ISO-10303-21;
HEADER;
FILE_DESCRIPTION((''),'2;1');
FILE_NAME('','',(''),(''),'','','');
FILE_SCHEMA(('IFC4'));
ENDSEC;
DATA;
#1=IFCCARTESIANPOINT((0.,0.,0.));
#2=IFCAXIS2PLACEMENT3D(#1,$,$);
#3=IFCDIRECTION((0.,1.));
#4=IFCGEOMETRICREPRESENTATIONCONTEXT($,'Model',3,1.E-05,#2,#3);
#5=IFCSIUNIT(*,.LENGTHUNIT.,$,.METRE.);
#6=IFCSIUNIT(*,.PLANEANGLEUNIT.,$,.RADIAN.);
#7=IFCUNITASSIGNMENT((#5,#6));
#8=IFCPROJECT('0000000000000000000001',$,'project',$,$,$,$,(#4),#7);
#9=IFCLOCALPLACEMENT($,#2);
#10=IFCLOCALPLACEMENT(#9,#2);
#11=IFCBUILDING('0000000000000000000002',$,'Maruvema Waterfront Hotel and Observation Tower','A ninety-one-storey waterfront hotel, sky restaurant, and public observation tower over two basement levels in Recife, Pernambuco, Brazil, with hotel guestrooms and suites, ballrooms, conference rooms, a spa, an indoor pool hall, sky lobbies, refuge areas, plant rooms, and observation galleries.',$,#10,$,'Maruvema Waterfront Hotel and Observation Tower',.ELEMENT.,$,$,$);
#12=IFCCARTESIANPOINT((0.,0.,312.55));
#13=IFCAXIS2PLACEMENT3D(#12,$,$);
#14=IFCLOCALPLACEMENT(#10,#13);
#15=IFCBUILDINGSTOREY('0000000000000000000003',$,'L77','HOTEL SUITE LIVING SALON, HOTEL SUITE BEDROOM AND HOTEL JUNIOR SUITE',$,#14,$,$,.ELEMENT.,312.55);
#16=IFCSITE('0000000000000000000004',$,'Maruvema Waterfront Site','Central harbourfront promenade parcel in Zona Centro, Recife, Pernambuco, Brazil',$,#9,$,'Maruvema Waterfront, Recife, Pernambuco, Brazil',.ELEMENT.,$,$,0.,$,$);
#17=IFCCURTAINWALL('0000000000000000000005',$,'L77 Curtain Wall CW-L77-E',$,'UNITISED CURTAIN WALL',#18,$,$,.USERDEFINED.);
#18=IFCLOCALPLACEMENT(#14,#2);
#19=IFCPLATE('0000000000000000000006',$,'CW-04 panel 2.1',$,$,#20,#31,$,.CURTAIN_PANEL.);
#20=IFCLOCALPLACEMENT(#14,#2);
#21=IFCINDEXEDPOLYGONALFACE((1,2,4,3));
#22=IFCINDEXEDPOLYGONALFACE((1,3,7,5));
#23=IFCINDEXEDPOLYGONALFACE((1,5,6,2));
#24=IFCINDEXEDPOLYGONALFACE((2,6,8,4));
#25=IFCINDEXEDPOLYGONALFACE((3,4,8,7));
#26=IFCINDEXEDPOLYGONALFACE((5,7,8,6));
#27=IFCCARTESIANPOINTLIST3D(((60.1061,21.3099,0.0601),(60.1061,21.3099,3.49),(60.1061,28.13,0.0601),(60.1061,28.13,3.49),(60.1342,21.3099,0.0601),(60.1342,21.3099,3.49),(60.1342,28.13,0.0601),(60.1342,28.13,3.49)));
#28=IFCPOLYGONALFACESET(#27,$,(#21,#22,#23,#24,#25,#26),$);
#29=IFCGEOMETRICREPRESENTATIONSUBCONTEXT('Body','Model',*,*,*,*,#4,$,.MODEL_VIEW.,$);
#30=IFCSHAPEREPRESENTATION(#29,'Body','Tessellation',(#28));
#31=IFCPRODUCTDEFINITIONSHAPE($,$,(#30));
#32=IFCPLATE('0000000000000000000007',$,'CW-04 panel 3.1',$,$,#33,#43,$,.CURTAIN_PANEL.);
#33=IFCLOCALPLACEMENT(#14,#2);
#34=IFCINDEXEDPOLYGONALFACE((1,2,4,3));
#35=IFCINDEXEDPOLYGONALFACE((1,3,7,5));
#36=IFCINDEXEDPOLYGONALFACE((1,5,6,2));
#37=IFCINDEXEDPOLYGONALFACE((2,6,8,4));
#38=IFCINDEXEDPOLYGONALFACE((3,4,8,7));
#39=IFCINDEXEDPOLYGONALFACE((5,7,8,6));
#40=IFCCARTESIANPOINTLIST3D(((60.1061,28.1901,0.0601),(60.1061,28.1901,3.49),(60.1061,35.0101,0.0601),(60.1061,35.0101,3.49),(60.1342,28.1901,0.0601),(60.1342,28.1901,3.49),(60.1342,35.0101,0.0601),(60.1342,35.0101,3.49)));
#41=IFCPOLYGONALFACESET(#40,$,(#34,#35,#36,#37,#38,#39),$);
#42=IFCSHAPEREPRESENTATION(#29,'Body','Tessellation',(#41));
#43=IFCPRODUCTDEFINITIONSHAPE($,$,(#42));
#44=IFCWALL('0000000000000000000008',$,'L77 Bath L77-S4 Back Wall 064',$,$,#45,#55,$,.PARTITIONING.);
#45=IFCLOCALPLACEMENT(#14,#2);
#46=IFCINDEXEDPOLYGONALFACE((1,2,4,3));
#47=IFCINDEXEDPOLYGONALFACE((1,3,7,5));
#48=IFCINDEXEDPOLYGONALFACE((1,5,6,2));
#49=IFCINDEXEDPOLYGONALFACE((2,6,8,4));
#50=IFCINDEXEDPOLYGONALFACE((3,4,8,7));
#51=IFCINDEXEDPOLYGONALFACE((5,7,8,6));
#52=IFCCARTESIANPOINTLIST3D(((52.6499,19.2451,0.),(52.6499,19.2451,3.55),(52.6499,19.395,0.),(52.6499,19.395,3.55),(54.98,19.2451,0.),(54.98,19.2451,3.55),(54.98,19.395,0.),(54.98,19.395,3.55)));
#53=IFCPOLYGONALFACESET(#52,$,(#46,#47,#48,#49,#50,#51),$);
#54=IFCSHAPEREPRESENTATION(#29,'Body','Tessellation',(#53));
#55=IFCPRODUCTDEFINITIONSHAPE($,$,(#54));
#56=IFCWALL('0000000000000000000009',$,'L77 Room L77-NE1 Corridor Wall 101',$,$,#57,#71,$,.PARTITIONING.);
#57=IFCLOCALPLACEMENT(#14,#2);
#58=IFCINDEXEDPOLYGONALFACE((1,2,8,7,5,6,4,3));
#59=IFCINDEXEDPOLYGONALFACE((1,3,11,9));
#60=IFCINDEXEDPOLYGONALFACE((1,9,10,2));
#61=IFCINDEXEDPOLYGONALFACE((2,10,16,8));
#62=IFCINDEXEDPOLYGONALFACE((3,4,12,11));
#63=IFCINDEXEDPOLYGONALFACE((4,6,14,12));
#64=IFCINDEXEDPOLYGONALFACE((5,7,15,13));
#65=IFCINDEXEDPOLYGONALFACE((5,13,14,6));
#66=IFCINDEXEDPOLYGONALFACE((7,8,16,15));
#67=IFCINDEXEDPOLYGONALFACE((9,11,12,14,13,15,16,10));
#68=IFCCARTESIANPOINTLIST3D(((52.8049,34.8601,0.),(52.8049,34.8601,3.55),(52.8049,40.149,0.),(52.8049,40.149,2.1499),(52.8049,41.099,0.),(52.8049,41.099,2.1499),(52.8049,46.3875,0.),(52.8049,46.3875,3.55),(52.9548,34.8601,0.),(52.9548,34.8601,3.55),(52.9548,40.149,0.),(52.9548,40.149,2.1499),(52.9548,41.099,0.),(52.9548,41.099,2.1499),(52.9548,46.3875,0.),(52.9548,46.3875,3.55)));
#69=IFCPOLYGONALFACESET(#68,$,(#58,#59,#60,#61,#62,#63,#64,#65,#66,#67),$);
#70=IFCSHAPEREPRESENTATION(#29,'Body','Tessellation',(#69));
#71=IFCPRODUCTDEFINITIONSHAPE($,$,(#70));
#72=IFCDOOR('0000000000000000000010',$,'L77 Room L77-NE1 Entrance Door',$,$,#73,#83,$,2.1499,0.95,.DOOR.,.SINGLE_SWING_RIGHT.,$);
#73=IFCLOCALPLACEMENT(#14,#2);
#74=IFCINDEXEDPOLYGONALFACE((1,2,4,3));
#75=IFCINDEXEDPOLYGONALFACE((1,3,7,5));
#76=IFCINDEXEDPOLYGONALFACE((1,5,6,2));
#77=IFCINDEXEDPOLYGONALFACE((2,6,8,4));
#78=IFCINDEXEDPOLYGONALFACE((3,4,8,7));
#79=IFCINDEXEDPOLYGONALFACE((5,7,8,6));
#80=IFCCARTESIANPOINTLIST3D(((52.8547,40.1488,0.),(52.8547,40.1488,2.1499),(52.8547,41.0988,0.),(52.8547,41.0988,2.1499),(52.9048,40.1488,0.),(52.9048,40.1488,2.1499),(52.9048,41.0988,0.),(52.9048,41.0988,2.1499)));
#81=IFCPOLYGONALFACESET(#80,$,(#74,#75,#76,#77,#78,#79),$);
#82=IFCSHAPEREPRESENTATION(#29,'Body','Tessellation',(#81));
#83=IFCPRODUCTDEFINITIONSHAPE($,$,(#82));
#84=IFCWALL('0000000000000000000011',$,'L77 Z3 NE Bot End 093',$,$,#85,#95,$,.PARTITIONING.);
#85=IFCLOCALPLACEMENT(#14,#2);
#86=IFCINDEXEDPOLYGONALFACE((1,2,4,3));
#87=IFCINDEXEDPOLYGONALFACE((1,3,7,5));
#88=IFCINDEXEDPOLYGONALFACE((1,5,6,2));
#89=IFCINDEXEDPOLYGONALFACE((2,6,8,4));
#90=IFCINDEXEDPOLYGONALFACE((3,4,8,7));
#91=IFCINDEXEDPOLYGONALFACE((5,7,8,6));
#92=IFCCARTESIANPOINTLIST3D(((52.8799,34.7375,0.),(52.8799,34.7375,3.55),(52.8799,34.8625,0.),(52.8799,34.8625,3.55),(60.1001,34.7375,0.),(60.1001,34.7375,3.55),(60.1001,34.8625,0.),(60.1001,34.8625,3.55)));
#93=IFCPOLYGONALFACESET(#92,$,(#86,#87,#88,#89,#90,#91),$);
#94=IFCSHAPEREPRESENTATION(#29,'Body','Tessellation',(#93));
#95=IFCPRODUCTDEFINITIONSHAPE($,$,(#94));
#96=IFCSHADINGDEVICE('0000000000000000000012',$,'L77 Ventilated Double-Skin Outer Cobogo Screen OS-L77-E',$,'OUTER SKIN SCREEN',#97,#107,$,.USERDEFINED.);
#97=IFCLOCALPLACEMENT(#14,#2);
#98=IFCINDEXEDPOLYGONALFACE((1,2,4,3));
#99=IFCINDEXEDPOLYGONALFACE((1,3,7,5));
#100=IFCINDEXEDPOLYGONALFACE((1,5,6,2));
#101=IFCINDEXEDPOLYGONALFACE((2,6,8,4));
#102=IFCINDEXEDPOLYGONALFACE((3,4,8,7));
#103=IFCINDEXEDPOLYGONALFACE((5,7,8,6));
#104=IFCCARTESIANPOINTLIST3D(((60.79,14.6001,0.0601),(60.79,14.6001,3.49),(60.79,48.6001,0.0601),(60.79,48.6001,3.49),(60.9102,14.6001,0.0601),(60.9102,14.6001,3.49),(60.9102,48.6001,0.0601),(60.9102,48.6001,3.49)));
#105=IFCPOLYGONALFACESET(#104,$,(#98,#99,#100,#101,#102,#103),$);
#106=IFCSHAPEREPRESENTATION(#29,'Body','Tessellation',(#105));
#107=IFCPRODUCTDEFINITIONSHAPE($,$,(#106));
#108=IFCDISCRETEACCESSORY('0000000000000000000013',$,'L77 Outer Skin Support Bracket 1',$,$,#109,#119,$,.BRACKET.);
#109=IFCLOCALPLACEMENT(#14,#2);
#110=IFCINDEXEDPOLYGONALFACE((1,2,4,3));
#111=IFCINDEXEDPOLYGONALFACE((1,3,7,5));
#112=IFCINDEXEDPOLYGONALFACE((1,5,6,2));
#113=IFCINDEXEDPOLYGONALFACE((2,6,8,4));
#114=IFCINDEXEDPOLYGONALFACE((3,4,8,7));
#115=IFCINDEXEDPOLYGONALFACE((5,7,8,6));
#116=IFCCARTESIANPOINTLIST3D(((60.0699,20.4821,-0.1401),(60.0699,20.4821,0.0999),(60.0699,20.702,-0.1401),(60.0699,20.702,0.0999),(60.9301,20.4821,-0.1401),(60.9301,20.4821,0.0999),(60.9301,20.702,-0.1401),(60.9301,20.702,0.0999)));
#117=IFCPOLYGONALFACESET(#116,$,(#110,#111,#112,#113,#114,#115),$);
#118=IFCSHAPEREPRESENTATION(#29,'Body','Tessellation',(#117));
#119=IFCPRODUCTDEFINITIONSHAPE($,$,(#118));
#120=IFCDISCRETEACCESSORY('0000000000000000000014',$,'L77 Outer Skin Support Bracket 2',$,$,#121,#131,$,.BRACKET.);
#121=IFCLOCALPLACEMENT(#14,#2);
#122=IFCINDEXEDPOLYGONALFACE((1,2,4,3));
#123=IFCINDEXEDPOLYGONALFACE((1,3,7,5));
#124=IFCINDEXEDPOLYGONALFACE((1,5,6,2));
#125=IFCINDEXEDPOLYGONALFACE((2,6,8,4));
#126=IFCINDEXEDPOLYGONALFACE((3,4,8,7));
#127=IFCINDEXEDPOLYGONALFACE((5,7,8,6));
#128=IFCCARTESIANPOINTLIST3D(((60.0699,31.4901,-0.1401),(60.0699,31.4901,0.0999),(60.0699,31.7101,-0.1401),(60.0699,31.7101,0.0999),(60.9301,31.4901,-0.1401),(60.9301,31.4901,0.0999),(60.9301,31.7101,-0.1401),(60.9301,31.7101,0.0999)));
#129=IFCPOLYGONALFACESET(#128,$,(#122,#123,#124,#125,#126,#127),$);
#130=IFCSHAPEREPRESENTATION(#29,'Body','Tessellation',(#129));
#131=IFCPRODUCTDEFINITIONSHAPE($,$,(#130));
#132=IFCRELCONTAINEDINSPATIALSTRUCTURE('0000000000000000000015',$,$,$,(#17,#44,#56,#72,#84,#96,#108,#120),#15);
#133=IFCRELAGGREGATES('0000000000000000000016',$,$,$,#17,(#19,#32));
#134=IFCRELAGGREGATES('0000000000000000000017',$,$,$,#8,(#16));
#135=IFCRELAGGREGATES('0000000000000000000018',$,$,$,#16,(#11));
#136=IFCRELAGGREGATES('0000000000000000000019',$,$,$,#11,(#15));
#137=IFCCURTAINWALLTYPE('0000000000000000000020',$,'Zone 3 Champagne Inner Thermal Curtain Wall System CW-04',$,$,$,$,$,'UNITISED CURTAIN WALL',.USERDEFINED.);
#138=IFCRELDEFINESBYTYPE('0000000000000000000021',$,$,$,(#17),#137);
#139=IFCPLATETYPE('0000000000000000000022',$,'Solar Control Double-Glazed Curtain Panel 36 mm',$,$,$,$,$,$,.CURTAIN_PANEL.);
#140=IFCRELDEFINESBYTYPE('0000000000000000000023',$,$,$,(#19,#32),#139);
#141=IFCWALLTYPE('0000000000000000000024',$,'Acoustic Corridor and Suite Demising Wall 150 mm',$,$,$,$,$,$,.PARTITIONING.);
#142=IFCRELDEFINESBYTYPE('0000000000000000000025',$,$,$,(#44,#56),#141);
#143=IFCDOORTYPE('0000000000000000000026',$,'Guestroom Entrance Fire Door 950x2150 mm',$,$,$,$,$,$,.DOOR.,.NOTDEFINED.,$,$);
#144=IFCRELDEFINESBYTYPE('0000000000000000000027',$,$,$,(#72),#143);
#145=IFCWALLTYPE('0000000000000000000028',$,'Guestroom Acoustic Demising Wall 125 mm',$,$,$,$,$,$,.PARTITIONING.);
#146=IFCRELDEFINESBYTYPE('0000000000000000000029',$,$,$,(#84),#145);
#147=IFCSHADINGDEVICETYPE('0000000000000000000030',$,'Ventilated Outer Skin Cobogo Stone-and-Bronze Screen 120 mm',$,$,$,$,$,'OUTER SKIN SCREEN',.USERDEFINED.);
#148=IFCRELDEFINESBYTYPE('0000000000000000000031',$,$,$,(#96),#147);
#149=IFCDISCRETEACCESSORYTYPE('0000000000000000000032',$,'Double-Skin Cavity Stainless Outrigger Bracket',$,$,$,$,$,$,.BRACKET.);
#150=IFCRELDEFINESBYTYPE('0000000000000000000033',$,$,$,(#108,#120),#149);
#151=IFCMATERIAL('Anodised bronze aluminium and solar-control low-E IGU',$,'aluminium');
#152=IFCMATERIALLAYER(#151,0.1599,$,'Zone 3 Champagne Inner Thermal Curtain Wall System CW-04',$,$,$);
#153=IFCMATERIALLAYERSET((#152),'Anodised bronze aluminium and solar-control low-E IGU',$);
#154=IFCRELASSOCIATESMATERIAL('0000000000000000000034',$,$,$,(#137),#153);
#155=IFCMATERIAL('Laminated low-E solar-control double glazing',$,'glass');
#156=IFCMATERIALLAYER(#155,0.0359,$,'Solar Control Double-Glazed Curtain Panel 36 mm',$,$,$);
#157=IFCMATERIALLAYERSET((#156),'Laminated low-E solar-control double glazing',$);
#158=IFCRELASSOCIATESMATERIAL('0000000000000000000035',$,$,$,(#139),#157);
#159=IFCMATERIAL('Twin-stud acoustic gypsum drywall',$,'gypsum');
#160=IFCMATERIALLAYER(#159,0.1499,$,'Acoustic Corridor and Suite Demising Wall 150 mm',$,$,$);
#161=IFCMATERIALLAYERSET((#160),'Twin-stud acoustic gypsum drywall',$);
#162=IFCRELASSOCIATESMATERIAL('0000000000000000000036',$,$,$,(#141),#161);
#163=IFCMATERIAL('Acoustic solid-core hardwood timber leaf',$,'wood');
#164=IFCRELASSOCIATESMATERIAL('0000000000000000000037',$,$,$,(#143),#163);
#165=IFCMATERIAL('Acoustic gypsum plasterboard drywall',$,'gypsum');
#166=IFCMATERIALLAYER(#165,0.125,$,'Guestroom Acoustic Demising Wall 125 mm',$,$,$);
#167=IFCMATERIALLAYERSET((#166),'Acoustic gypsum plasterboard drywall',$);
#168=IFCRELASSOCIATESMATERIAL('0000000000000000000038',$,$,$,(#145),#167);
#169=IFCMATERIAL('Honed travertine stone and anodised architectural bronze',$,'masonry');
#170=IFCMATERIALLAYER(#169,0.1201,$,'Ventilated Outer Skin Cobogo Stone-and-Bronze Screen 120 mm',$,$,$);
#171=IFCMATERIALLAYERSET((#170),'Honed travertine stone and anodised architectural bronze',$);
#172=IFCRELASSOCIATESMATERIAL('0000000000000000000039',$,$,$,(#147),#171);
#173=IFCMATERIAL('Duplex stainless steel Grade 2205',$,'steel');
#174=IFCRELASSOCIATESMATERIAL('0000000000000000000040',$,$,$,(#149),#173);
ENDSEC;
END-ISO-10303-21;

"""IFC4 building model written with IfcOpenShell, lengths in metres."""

from ifc_helpers import new_model, si_unit, direction, frame, frame_2d, origin, origin_2d, place, context, subcontext, project, spatial, rectangle, extrude, material, layer, layer_set, type_object, element, fill, aggregate, save


model = new_model("IFC4")

# Units and contexts
model_context = context("Model", 3, precision=1e-05, world=origin(), true_north=direction((0.0, 1.0)))
body_context = subcontext(model_context, "Body", "Model", "MODEL_VIEW")
ifc_project = project(units=[si_unit("LENGTHUNIT", "METRE"), si_unit("PLANEANGLEUNIT", "RADIAN")], contexts=[model_context])

# Site, building, storey
site_placement = place(None, origin())
site = spatial("IfcSite", under=ifc_project, at=site_placement, Name="Maruvema Waterfront Site", Description="Central harbourfront promenade parcel in Zona Centro, Recife, Pernambuco, Brazil", LongName="Maruvema Waterfront, Recife, Pernambuco, Brazil", CompositionType="ELEMENT", RefElevation=0.0)
building_placement = place(site_placement, origin())
building = spatial("IfcBuilding", under=site, at=building_placement, Name="Maruvema Waterfront Hotel and Observation Tower", Description="A ninety-one-storey waterfront hotel, sky restaurant, and public observation tower over two basement levels in Recife, Pernambuco, Brazil, with hotel guestrooms and suites, ballrooms, conference rooms, a spa, an indoor pool hall, sky lobbies, refuge areas, plant rooms, and observation galleries.", LongName="Maruvema Waterfront Hotel and Observation Tower", CompositionType="ELEMENT")
storey_placement = place(building_placement, frame((0.0, 0.0, 312.55)))
storey = spatial("IfcBuildingStorey", under=building, at=storey_placement, Name="L77", Description="HOTEL SUITE LIVING SALON, HOTEL SUITE BEDROOM AND HOTEL JUNIOR SUITE", CompositionType="ELEMENT", Elevation=312.55)

# Curtain wall
ifc_material_1 = material(Name="Anodised bronze aluminium and solar-control low-E IGU", Category="aluminium")
ifc_layer_1 = layer(ifc_material_1, 0.1599, Name="Zone 3 Champagne Inner Thermal Curtain Wall System CW-04")
ifc_layer_set_1 = layer_set([ifc_layer_1], Name="Anodised bronze aluminium and solar-control low-E IGU")
curtain_wall_type = type_object("IfcCurtainWallType", Name="Zone 3 Champagne Inner Thermal Curtain Wall System CW-04", ElementType="UNITISED CURTAIN WALL", PredefinedType="USERDEFINED", material=ifc_layer_set_1)
curtain_wall_placement = place(storey_placement, origin())
curtain_wall = element("IfcCurtainWall", 1, at=curtain_wall_placement, inside=storey, type_object=curtain_wall_type, Name="L77 Curtain Wall CW-L77-E", ObjectType="UNITISED CURTAIN WALL", PredefinedType="USERDEFINED")

# Plates
ifc_material_2 = material(Name="Laminated low-E solar-control double glazing", Category="glass")
ifc_layer_2 = layer(ifc_material_2, 0.0359, Name="Solar Control Double-Glazed Curtain Panel 36 mm")
ifc_layer_set_2 = layer_set([ifc_layer_2], Name="Laminated low-E solar-control double glazing")
plate_type = type_object("IfcPlateType", Name="Solar Control Double-Glazed Curtain Panel 36 mm", PredefinedType="CURTAIN_PANEL", material=ifc_layer_set_2)
plate_1_placement = place(storey_placement, frame((60.1201, 24.72, 0.0601), z_axis=(0.0, 0.0, 1.0), x_axis=(0.0, 1.0, 0.0)))
plate_1 = element("IfcPlate", 2, at=plate_1_placement, type_object=plate_type, Name="CW-04 panel 2.1", PredefinedType="CURTAIN_PANEL", context=body_context, shape_type="SweptSolid", body=[
    extrude(rectangle(XDim=6.8201, YDim=0.0281, at=origin_2d()), origin(), (0.0, 0.0, 1.0), 3.4299),
])
plate_2_placement = place(storey_placement, frame((60.1201, 31.6001, 0.0601), z_axis=(0.0, 0.0, 1.0), x_axis=(0.0, 1.0, 0.0)))
plate_2 = element("IfcPlate", 3, at=plate_2_placement, type_object=plate_type, Name="CW-04 panel 3.1", PredefinedType="CURTAIN_PANEL", context=body_context, shape_type="SweptSolid", body=[
    extrude(rectangle(XDim=6.8201, YDim=0.0281, at=origin_2d()), origin(), (0.0, 0.0, 1.0), 3.4299),
])
aggregate(curtain_wall, [plate_1, plate_2])

# Wall
ifc_material_3 = material(Name="Twin-stud acoustic gypsum drywall", Category="gypsum")
ifc_layer_3 = layer(ifc_material_3, 0.1499, Name="Acoustic Corridor and Suite Demising Wall 150 mm")
ifc_layer_set_3 = layer_set([ifc_layer_3], Name="Twin-stud acoustic gypsum drywall")
wall_type_1 = type_object("IfcWallType", Name="Acoustic Corridor and Suite Demising Wall 150 mm", PredefinedType="PARTITIONING", material=ifc_layer_set_3)
wall_1_placement = place(storey_placement, frame((52.6499, 19.3201, 0.0), z_axis=(0.0, 0.0, 1.0), x_axis=(1.0, 0.0, 0.0)))
element("IfcWall", 4, at=wall_1_placement, inside=storey, type_object=wall_type_1, Name="L77 Bath L77-S4 Back Wall 064", PredefinedType="PARTITIONING", context=body_context, shape_type="SweptSolid", body=[
    extrude(rectangle(XDim=2.3301, YDim=0.1499, at=frame_2d((1.165, 0.0))), origin(), (0.0, 0.0, 1.0), 3.55),
])

# Wall, opening, door
ifc_material_4 = material(Name="Acoustic solid-core hardwood timber leaf", Category="wood")
door_type = type_object("IfcDoorType", Name="Guestroom Entrance Fire Door 950x2150 mm", OperationType="NOTDEFINED", PredefinedType="DOOR", material=ifc_material_4)
wall_2_placement = place(storey_placement, frame((52.8799, 34.8601, 0.0), z_axis=(0.0, 0.0, 1.0), x_axis=(0.0, 1.0, 0.0)))
wall_2 = element("IfcWall", 5, at=wall_2_placement, inside=storey, type_object=wall_type_1, Name="L77 Room L77-NE1 Corridor Wall 101", PredefinedType="PARTITIONING", context=body_context, shape_type="SweptSolid", body=[
    extrude(rectangle(XDim=11.5273, YDim=0.1499, at=frame_2d((5.7637, 0.0))), origin(), (0.0, 0.0, 1.0), 3.55),
])
opening_1_placement = place(wall_2_placement, frame((5.2888, 0.0, 0.0)))
opening_1 = element("IfcOpeningElement", 6, at=opening_1_placement, cuts=wall_2, PredefinedType="OPENING", context=body_context, shape_type="SweptSolid", body=[
    extrude(rectangle(XDim=0.95, YDim=2.1499, at=frame_2d((0.4751, 1.075))), frame((0.0, 0.085, 0.0), z_axis=(0.0, -1.0, 0.0), x_axis=(1.0, 0.0, 0.0)), (0.0, 0.0, 1.0), 0.1699),
])
door_1_placement = place(opening_1_placement, frame((0.95, 0.0, 0.0), z_axis=(0.0, 0.0, 1.0), x_axis=(-1.0, 0.0, 0.0)))
door_1 = element("IfcDoor", 7, at=door_1_placement, inside=storey, type_object=door_type, Name="L77 Room L77-NE1 Entrance Door", OperationType="SINGLE_SWING_RIGHT", OverallHeight=2.1499, OverallWidth=0.95, PredefinedType="DOOR", context=body_context, shape_type="SweptSolid", body=[
    extrude(rectangle(XDim=0.95, YDim=2.1499, at=frame_2d((0.4751, 1.075))), frame((0.0, 0.0249, 0.0), z_axis=(0.0, -1.0, 0.0), x_axis=(1.0, 0.0, 0.0)), (0.0, 0.0, 1.0), 0.05),
])
fill(opening_1, door_1)

# Wall
ifc_material_5 = material(Name="Acoustic gypsum plasterboard drywall", Category="gypsum")
ifc_layer_4 = layer(ifc_material_5, 0.125, Name="Guestroom Acoustic Demising Wall 125 mm")
ifc_layer_set_4 = layer_set([ifc_layer_4], Name="Acoustic gypsum plasterboard drywall")
wall_type_2 = type_object("IfcWallType", Name="Guestroom Acoustic Demising Wall 125 mm", PredefinedType="PARTITIONING", material=ifc_layer_set_4)
wall_3_placement = place(storey_placement, frame((52.8799, 34.8, 0.0), z_axis=(0.0, 0.0, 1.0), x_axis=(1.0, 0.0, 0.0)))
element("IfcWall", 8, at=wall_3_placement, inside=storey, type_object=wall_type_2, Name="L77 Z3 NE Bot End 093", PredefinedType="PARTITIONING", context=body_context, shape_type="SweptSolid", body=[
    extrude(rectangle(XDim=7.2202, YDim=0.125, at=frame_2d((3.6101, 0.0))), origin(), (0.0, 0.0, 1.0), 3.55),
])

# Shading device
ifc_material_6 = material(Name="Honed travertine stone and anodised architectural bronze", Category="masonry")
ifc_layer_5 = layer(ifc_material_6, 0.1201, Name="Ventilated Outer Skin Cobogo Stone-and-Bronze Screen 120 mm")
ifc_layer_set_5 = layer_set([ifc_layer_5], Name="Honed travertine stone and anodised architectural bronze")
shading_device_type = type_object("IfcShadingDeviceType", Name="Ventilated Outer Skin Cobogo Stone-and-Bronze Screen 120 mm", ElementType="OUTER SKIN SCREEN", PredefinedType="USERDEFINED", material=ifc_layer_set_5)
shading_device_placement = place(storey_placement, frame((60.8501, 31.6001, 0.0601), z_axis=(0.0, 0.0, 1.0), x_axis=(0.0, 1.0, 0.0)))
element("IfcShadingDevice", 9, at=shading_device_placement, inside=storey, type_object=shading_device_type, Name="L77 Ventilated Double-Skin Outer Cobogo Screen OS-L77-E", ObjectType="OUTER SKIN SCREEN", PredefinedType="USERDEFINED", context=body_context, shape_type="SweptSolid", body=[
    extrude(rectangle(XDim=34.0, YDim=0.1201, at=origin_2d()), origin(), (0.0, 0.0, 1.0), 3.4299),
])

# Discrete accessories
ifc_material_7 = material(Name="Duplex stainless steel Grade 2205", Category="steel")
discrete_accessory_type = type_object("IfcDiscreteAccessoryType", Name="Double-Skin Cavity Stainless Outrigger Bracket", PredefinedType="BRACKET", material=ifc_material_7)
for number, where, z_axis, x_axis, name in (
    (10, (60.5, 20.592, -0.1401), (0.0, 0.0, 1.0), (0.0, 1.0, 0.0), "L77 Outer Skin Support Bracket 1"),
    (11, (60.5, 31.6001, -0.1401), (0.0, 0.0, 1.0), (0.0, 1.0, 0.0), "L77 Outer Skin Support Bracket 2"),
):
    element("IfcDiscreteAccessory", number, at=place(storey_placement, frame(where, z_axis=z_axis, x_axis=x_axis)), inside=storey, type_object=discrete_accessory_type, Name=name, PredefinedType="BRACKET", context=body_context, shape_type="SweptSolid", body=[
        extrude(rectangle(XDim=0.22, YDim=0.8601, at=origin_2d()), origin(), (0.0, 0.0, 1.0), 0.24),
    ])

save(model, "model.ifc")
